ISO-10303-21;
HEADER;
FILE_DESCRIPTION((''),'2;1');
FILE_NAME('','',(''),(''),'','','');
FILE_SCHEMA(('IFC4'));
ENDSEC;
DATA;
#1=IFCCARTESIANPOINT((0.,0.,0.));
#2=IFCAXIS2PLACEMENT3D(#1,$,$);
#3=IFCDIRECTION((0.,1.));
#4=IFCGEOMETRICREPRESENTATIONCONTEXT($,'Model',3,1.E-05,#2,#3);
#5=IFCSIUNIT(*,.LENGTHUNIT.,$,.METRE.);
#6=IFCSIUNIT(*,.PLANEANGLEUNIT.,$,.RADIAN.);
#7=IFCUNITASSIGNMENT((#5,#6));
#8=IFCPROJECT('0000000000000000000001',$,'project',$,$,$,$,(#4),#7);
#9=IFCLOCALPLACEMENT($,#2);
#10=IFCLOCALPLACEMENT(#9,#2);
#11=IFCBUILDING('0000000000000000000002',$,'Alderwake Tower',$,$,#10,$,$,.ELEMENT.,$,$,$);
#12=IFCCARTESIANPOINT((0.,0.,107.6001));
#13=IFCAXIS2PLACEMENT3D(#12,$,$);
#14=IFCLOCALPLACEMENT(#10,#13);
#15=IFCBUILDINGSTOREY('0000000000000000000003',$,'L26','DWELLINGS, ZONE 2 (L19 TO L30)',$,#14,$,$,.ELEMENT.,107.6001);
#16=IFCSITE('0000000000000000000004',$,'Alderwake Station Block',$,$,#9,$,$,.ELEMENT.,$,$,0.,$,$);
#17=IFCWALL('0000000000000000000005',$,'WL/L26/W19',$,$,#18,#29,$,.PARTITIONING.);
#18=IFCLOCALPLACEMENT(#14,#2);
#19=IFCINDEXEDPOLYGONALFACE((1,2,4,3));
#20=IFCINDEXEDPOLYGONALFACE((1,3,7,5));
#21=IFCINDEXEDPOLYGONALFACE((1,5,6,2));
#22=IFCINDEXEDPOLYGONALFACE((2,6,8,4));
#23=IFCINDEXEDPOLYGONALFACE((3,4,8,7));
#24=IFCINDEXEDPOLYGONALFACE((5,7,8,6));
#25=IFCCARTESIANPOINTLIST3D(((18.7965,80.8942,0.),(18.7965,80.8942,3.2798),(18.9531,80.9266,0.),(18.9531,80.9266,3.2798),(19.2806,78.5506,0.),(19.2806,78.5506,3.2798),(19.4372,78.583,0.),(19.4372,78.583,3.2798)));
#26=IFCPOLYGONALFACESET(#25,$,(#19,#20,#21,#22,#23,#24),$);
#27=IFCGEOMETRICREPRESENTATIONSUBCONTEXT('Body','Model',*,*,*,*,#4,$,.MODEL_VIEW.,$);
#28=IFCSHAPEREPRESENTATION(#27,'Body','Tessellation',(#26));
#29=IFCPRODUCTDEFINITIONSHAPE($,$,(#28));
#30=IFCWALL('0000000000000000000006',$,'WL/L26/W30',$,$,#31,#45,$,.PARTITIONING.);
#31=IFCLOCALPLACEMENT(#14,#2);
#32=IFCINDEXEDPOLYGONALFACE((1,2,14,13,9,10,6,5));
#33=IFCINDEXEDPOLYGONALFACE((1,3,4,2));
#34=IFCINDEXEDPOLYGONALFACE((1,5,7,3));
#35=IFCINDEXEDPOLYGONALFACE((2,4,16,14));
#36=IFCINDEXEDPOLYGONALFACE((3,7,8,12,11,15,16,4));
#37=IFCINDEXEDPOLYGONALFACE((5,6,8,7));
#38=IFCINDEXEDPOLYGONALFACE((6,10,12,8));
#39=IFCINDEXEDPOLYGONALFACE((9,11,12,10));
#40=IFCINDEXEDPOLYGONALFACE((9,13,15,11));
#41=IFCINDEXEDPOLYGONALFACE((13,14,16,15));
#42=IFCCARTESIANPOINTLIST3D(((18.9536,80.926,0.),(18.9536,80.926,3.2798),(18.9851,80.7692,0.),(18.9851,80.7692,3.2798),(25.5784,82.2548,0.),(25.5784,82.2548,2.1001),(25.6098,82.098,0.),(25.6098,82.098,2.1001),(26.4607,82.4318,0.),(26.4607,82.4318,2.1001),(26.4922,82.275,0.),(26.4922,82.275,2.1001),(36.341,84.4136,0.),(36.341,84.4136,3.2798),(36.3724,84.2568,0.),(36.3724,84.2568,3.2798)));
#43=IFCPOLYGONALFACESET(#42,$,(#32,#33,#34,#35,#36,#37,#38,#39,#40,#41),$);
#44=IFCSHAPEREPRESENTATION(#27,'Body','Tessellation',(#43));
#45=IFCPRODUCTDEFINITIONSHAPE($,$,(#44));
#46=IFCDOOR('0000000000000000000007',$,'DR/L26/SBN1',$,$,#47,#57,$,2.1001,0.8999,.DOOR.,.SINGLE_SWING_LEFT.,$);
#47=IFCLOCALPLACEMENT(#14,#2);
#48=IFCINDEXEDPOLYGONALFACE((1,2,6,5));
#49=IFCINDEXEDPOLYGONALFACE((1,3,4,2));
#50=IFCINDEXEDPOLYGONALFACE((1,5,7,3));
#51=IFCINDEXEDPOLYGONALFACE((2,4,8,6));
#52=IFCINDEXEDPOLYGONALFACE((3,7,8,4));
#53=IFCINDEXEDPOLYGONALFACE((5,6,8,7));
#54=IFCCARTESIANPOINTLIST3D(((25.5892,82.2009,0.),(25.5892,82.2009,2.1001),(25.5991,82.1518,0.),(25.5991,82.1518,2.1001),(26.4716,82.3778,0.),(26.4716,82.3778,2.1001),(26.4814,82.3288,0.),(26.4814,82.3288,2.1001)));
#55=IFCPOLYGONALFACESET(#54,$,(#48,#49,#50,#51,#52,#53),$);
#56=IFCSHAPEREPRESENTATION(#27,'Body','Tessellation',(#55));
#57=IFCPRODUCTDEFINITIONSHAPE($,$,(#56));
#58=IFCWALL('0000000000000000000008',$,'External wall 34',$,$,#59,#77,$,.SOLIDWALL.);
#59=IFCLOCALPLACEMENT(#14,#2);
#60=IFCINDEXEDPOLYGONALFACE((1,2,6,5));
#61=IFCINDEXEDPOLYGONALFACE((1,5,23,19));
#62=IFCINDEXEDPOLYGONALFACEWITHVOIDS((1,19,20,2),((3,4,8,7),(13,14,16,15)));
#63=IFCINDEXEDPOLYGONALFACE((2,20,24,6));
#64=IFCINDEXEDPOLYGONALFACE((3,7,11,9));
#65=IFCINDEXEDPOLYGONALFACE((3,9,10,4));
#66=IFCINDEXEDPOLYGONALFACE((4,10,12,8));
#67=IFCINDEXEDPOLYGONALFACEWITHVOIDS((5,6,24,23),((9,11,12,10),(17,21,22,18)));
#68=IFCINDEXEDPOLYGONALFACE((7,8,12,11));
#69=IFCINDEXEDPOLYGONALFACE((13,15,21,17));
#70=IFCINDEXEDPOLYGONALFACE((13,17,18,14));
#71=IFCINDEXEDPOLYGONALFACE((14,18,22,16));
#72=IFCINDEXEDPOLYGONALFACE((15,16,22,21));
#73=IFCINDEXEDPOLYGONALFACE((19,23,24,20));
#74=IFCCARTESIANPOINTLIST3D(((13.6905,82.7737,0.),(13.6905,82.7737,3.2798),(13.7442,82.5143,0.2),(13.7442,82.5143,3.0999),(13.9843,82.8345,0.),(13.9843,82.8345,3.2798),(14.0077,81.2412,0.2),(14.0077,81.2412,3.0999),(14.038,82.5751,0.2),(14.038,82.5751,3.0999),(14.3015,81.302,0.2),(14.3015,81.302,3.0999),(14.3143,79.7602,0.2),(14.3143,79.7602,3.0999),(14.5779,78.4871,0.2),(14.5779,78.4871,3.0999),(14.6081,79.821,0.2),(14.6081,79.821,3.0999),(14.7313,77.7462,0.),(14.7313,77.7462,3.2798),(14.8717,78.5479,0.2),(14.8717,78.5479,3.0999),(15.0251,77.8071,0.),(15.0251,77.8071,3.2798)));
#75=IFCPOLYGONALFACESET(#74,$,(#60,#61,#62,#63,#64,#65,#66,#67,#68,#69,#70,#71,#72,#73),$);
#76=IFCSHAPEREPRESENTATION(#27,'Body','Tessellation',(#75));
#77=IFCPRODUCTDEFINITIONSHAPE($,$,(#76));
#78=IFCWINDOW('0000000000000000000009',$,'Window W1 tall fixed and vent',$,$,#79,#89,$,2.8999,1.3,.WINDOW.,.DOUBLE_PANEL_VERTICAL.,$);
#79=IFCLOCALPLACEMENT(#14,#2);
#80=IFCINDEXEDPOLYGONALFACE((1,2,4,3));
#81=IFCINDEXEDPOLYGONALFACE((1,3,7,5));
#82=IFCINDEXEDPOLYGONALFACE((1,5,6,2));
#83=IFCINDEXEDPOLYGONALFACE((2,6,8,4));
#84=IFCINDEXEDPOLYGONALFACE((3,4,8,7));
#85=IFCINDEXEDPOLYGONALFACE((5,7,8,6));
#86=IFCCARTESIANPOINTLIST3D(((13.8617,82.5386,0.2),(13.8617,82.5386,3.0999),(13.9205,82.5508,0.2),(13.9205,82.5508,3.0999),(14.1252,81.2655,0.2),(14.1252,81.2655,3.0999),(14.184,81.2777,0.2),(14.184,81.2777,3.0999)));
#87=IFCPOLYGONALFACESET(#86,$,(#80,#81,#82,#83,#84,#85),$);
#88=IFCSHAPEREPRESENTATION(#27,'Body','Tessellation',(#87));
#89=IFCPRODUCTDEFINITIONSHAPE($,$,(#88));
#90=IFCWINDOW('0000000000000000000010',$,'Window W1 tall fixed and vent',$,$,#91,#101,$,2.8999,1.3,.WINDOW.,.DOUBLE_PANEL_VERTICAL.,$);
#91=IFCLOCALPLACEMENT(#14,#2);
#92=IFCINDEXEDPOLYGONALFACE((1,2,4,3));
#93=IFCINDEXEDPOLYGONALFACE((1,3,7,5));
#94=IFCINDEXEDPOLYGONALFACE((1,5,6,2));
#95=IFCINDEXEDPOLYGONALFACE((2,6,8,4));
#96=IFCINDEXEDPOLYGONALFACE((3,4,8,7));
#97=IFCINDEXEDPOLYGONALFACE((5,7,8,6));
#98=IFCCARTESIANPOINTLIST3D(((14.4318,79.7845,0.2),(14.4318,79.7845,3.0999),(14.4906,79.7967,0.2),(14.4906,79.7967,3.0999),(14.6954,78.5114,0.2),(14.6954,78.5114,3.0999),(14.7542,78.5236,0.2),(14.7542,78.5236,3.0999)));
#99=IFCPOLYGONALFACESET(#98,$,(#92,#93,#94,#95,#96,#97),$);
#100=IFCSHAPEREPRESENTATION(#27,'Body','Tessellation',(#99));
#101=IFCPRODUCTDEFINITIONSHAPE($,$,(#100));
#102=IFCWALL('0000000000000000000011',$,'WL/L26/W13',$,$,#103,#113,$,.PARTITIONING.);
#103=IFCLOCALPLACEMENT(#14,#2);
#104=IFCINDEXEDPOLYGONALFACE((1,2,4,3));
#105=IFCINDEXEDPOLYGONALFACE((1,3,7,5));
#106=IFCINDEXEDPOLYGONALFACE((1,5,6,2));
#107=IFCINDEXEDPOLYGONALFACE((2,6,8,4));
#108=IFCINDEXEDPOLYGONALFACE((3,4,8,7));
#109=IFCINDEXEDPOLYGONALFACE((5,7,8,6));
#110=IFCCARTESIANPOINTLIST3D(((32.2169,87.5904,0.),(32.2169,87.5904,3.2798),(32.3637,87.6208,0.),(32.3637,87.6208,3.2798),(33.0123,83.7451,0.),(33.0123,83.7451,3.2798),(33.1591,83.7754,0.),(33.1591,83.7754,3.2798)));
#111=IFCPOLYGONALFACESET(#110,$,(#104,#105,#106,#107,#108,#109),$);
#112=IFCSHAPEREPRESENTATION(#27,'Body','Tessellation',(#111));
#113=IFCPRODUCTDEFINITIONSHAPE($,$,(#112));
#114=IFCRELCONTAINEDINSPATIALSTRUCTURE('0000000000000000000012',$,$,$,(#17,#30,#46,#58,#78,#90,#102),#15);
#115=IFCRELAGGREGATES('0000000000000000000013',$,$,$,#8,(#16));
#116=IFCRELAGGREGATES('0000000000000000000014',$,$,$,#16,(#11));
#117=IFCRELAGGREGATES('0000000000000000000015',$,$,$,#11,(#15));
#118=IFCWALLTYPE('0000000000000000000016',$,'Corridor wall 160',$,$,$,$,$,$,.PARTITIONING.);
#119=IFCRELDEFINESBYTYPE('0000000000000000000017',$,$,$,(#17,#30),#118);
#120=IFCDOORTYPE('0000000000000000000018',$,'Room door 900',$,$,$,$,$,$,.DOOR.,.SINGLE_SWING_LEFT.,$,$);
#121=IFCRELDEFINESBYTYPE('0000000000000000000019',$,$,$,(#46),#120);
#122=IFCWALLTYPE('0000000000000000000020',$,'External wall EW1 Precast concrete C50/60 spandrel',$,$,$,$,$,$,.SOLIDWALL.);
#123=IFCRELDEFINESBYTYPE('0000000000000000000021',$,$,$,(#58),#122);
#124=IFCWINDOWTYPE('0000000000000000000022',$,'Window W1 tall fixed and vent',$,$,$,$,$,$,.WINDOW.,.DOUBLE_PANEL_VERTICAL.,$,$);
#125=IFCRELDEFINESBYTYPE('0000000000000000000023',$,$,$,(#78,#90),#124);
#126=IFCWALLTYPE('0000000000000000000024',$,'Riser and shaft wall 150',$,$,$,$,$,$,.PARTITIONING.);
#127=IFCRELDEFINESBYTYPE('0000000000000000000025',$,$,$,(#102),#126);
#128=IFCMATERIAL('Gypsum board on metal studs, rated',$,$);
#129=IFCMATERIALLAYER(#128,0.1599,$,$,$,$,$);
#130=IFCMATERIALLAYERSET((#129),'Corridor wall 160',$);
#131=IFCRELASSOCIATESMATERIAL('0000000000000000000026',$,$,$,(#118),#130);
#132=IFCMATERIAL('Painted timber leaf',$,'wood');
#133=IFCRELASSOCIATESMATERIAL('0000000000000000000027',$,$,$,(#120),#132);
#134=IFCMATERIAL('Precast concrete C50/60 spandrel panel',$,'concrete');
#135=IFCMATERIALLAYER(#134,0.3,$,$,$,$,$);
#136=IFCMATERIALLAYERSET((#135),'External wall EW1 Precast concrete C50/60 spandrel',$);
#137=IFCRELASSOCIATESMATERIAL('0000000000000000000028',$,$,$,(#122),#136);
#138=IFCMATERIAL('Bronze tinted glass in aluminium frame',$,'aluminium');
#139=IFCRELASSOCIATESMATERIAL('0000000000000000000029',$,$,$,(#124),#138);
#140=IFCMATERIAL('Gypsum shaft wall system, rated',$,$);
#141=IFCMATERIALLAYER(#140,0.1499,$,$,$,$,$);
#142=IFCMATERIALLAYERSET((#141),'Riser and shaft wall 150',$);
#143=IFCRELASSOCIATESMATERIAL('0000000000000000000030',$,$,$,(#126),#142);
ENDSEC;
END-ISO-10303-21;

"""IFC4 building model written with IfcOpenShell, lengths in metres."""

from ifc_helpers import new_model, si_unit, direction, frame, frame_2d, origin, place, context, subcontext, project, spatial, rectangle, extrude, material, layer, layer_set, type_object, element, fill, save


model = new_model("IFC4")

# Units and contexts
model_context = context("Model", 3, precision=1e-05, world=origin(), true_north=direction((0.0, 1.0)))
body_context = subcontext(model_context, "Body", "Model", "MODEL_VIEW")
ifc_project = project(units=[si_unit("LENGTHUNIT", "METRE"), si_unit("PLANEANGLEUNIT", "RADIAN")], contexts=[model_context])

# Site, building, storey
site_placement = place(None, origin())
site = spatial("IfcSite", under=ifc_project, at=site_placement, Name="Alderwake Station Block", CompositionType="ELEMENT", RefElevation=0.0)
building_placement = place(site_placement, origin())
building = spatial("IfcBuilding", under=site, at=building_placement, Name="Alderwake Tower", CompositionType="ELEMENT")
storey_placement = place(building_placement, frame((0.0, 0.0, 107.6001)))
storey = spatial("IfcBuildingStorey", under=building, at=storey_placement, Name="L26", Description="DWELLINGS, ZONE 2 (L19 TO L30)", CompositionType="ELEMENT", Elevation=107.6001)

# Wall
ifc_material_1 = material(Name="Gypsum board on metal studs, rated")
ifc_layer_1 = layer(ifc_material_1, 0.1599)
ifc_layer_set_1 = layer_set([ifc_layer_1], Name="Corridor wall 160")
wall_type_1 = type_object("IfcWallType", Name="Corridor wall 160", PredefinedType="PARTITIONING", material=ifc_layer_set_1)
wall_1_placement = place(storey_placement, frame((18.8748, 80.9104, 0.0), z_axis=(0.0, 0.0, 1.0), x_axis=(0.202312, -0.979321, 0.0)))
element("IfcWall", 1, at=wall_1_placement, inside=storey, type_object=wall_type_1, Name="WL/L26/W19", PredefinedType="PARTITIONING", context=body_context, shape_type="SweptSolid", body=[
    extrude(rectangle(XDim=2.3931, YDim=0.1599, at=frame_2d((1.1965, 0.0))), origin(), (0.0, 0.0, 1.0), 3.2798),
])

# Wall, opening, door
wall_2_placement = place(storey_placement, frame((18.9695, 80.8477, 0.0), z_axis=(0.0, 0.0, 1.0), x_axis=(0.980471, 0.196664, 0.0)))
wall_2 = element("IfcWall", 2, at=wall_2_placement, inside=storey, type_object=wall_type_1, Name="WL/L26/W30", PredefinedType="PARTITIONING", context=body_context, shape_type="SweptSolid", body=[
    extrude(rectangle(XDim=17.7336, YDim=0.1599, at=frame_2d((8.8667, 0.0))), origin(), (0.0, 0.0, 1.0), 3.2798),
])
opening_1_placement = place(wall_2_placement, frame((6.7566, 0.0, 0.0)))
opening_1 = element("IfcOpeningElement", 3, at=opening_1_placement, cuts=wall_2, PredefinedType="OPENING", context=body_context, shape_type="SweptSolid", body=[
    extrude(rectangle(XDim=0.8999, YDim=2.1001, at=frame_2d((0.45, 1.05))), frame((0.0, 0.0898, 0.0), z_axis=(0.0, -1.0, 0.0), x_axis=(1.0, 0.0, 0.0)), (0.0, 0.0, 1.0), 0.1799),
])
ifc_material_2 = material(Name="Painted timber leaf", Category="wood")
door_type_1 = type_object("IfcDoorType", Name="Room door 900", OperationType="SINGLE_SWING_LEFT", PredefinedType="DOOR", material=ifc_material_2)
door_1_placement = place(opening_1_placement, origin())
door_1 = element("IfcDoor", 4, at=door_1_placement, inside=storey, type_object=door_type_1, Name="DR/L26/SBN1", OperationType="SINGLE_SWING_LEFT", OverallHeight=2.1001, OverallWidth=0.8999, PredefinedType="DOOR", context=body_context, shape_type="SweptSolid", body=[
    extrude(rectangle(XDim=0.8999, YDim=2.1001, at=frame_2d((0.45, 1.05))), frame((0.0, 0.0249, 0.0), z_axis=(0.0, -1.0, 0.0), x_axis=(1.0, 0.0, 0.0)), (0.0, 0.0, 1.0), 0.05),
])
fill(opening_1, door_1)

# Wall, openings, windows
ifc_material_3 = material(Name="Precast concrete C50/60 spandrel panel", Category="concrete")
ifc_layer_2 = layer(ifc_material_3, 0.3)
ifc_layer_set_2 = layer_set([ifc_layer_2], Name="External wall EW1 Precast concrete C50/60 spandrel")
wall_type_2 = type_object("IfcWallType", Name="External wall EW1 Precast concrete C50/60 spandrel", PredefinedType="SOLIDWALL", material=ifc_layer_set_2)
wall_3_placement = place(storey_placement, frame((13.8374, 82.804, 0.0), z_axis=(0.0, 0.0, 1.0), x_axis=(0.202724, -0.979236, 0.0)))
wall_3 = element("IfcWall", 5, at=wall_3_placement, inside=storey, type_object=wall_type_2, Name="External wall 34", PredefinedType="SOLIDWALL", context=body_context, shape_type="SweptSolid", body=[
    extrude(rectangle(XDim=5.134, YDim=0.3, at=frame_2d((2.5669, 0.0))), origin(), (0.0, 0.0, 1.0), 3.2798),
])
opening_2_placement = place(wall_3_placement, frame((0.2649, 0.0, 0.2)))
opening_2 = element("IfcOpeningElement", 6, at=opening_2_placement, cuts=wall_3, PredefinedType="OPENING", context=body_context, shape_type="SweptSolid", body=[
    extrude(rectangle(XDim=1.3, YDim=2.8999, at=frame_2d((0.6499, 1.45))), frame((0.0, 0.1599, 0.0), z_axis=(0.0, -1.0, 0.0), x_axis=(1.0, 0.0, 0.0)), (0.0, 0.0, 1.0), 0.3201),
])
opening_3_placement = place(wall_3_placement, frame((3.0774, 0.0, 0.2)))
opening_3 = element("IfcOpeningElement", 7, at=opening_3_placement, cuts=wall_3, PredefinedType="OPENING", context=body_context, shape_type="SweptSolid", body=[
    extrude(rectangle(XDim=1.3, YDim=2.8999, at=frame_2d((0.6499, 1.45))), frame((0.0, 0.1599, 0.0), z_axis=(0.0, -1.0, 0.0), x_axis=(1.0, 0.0, 0.0)), (0.0, 0.0, 1.0), 0.3201),
])
ifc_material_4 = material(Name="Bronze tinted glass in aluminium frame", Category="aluminium")
window_type = type_object("IfcWindowType", Name="Window W1 tall fixed and vent", PartitioningType="DOUBLE_PANEL_VERTICAL", PredefinedType="WINDOW", material=ifc_material_4)
window_1_placement = place(opening_2_placement, origin())
window_1 = element("IfcWindow", 8, at=window_1_placement, inside=storey, type_object=window_type, Name="Window W1 tall fixed and vent", OverallHeight=2.8999, OverallWidth=1.3, PartitioningType="DOUBLE_PANEL_VERTICAL", PredefinedType="WINDOW", context=body_context, shape_type="SweptSolid", body=[
    extrude(rectangle(XDim=1.3, YDim=2.8999, at=frame_2d((0.6499, 1.45))), frame((0.0, 0.03, 0.0), z_axis=(0.0, -1.0, 0.0), x_axis=(1.0, 0.0, 0.0)), (0.0, 0.0, 1.0), 0.0601),
])
fill(opening_2, window_1)
window_2_placement = place(opening_3_placement, origin())
window_2 = element("IfcWindow", 9, at=window_2_placement, inside=storey, type_object=window_type, Name="Window W1 tall fixed and vent", OverallHeight=2.8999, OverallWidth=1.3, PartitioningType="DOUBLE_PANEL_VERTICAL", PredefinedType="WINDOW", context=body_context, shape_type="SweptSolid", body=[
    extrude(rectangle(XDim=1.3, YDim=2.8999, at=frame_2d((0.6499, 1.45))), frame((0.0, 0.03, 0.0), z_axis=(0.0, -1.0, 0.0), x_axis=(1.0, 0.0, 0.0)), (0.0, 0.0, 1.0), 0.0601),
])
fill(opening_3, window_2)

# Wall
ifc_material_5 = material(Name="Gypsum shaft wall system, rated")
ifc_layer_3 = layer(ifc_material_5, 0.1499)
ifc_layer_set_3 = layer_set([ifc_layer_3], Name="Riser and shaft wall 150")
wall_type_3 = type_object("IfcWallType", Name="Riser and shaft wall 150", PredefinedType="PARTITIONING", material=ifc_layer_set_3)
wall_4_placement = place(storey_placement, frame((33.0857, 83.7603, 0.0), z_axis=(0.0, 0.0, 1.0), x_axis=(-0.202556, 0.979271, 0.0)))
element("IfcWall", 10, at=wall_4_placement, inside=storey, type_object=wall_type_3, Name="WL/L26/W13", PredefinedType="PARTITIONING", context=body_context, shape_type="SweptSolid", body=[
    extrude(rectangle(XDim=3.9268, YDim=0.1499, at=frame_2d((1.9634, 0.0))), origin(), (0.0, 0.0, 1.0), 3.2798),
])

save(model, "model.ifc")
